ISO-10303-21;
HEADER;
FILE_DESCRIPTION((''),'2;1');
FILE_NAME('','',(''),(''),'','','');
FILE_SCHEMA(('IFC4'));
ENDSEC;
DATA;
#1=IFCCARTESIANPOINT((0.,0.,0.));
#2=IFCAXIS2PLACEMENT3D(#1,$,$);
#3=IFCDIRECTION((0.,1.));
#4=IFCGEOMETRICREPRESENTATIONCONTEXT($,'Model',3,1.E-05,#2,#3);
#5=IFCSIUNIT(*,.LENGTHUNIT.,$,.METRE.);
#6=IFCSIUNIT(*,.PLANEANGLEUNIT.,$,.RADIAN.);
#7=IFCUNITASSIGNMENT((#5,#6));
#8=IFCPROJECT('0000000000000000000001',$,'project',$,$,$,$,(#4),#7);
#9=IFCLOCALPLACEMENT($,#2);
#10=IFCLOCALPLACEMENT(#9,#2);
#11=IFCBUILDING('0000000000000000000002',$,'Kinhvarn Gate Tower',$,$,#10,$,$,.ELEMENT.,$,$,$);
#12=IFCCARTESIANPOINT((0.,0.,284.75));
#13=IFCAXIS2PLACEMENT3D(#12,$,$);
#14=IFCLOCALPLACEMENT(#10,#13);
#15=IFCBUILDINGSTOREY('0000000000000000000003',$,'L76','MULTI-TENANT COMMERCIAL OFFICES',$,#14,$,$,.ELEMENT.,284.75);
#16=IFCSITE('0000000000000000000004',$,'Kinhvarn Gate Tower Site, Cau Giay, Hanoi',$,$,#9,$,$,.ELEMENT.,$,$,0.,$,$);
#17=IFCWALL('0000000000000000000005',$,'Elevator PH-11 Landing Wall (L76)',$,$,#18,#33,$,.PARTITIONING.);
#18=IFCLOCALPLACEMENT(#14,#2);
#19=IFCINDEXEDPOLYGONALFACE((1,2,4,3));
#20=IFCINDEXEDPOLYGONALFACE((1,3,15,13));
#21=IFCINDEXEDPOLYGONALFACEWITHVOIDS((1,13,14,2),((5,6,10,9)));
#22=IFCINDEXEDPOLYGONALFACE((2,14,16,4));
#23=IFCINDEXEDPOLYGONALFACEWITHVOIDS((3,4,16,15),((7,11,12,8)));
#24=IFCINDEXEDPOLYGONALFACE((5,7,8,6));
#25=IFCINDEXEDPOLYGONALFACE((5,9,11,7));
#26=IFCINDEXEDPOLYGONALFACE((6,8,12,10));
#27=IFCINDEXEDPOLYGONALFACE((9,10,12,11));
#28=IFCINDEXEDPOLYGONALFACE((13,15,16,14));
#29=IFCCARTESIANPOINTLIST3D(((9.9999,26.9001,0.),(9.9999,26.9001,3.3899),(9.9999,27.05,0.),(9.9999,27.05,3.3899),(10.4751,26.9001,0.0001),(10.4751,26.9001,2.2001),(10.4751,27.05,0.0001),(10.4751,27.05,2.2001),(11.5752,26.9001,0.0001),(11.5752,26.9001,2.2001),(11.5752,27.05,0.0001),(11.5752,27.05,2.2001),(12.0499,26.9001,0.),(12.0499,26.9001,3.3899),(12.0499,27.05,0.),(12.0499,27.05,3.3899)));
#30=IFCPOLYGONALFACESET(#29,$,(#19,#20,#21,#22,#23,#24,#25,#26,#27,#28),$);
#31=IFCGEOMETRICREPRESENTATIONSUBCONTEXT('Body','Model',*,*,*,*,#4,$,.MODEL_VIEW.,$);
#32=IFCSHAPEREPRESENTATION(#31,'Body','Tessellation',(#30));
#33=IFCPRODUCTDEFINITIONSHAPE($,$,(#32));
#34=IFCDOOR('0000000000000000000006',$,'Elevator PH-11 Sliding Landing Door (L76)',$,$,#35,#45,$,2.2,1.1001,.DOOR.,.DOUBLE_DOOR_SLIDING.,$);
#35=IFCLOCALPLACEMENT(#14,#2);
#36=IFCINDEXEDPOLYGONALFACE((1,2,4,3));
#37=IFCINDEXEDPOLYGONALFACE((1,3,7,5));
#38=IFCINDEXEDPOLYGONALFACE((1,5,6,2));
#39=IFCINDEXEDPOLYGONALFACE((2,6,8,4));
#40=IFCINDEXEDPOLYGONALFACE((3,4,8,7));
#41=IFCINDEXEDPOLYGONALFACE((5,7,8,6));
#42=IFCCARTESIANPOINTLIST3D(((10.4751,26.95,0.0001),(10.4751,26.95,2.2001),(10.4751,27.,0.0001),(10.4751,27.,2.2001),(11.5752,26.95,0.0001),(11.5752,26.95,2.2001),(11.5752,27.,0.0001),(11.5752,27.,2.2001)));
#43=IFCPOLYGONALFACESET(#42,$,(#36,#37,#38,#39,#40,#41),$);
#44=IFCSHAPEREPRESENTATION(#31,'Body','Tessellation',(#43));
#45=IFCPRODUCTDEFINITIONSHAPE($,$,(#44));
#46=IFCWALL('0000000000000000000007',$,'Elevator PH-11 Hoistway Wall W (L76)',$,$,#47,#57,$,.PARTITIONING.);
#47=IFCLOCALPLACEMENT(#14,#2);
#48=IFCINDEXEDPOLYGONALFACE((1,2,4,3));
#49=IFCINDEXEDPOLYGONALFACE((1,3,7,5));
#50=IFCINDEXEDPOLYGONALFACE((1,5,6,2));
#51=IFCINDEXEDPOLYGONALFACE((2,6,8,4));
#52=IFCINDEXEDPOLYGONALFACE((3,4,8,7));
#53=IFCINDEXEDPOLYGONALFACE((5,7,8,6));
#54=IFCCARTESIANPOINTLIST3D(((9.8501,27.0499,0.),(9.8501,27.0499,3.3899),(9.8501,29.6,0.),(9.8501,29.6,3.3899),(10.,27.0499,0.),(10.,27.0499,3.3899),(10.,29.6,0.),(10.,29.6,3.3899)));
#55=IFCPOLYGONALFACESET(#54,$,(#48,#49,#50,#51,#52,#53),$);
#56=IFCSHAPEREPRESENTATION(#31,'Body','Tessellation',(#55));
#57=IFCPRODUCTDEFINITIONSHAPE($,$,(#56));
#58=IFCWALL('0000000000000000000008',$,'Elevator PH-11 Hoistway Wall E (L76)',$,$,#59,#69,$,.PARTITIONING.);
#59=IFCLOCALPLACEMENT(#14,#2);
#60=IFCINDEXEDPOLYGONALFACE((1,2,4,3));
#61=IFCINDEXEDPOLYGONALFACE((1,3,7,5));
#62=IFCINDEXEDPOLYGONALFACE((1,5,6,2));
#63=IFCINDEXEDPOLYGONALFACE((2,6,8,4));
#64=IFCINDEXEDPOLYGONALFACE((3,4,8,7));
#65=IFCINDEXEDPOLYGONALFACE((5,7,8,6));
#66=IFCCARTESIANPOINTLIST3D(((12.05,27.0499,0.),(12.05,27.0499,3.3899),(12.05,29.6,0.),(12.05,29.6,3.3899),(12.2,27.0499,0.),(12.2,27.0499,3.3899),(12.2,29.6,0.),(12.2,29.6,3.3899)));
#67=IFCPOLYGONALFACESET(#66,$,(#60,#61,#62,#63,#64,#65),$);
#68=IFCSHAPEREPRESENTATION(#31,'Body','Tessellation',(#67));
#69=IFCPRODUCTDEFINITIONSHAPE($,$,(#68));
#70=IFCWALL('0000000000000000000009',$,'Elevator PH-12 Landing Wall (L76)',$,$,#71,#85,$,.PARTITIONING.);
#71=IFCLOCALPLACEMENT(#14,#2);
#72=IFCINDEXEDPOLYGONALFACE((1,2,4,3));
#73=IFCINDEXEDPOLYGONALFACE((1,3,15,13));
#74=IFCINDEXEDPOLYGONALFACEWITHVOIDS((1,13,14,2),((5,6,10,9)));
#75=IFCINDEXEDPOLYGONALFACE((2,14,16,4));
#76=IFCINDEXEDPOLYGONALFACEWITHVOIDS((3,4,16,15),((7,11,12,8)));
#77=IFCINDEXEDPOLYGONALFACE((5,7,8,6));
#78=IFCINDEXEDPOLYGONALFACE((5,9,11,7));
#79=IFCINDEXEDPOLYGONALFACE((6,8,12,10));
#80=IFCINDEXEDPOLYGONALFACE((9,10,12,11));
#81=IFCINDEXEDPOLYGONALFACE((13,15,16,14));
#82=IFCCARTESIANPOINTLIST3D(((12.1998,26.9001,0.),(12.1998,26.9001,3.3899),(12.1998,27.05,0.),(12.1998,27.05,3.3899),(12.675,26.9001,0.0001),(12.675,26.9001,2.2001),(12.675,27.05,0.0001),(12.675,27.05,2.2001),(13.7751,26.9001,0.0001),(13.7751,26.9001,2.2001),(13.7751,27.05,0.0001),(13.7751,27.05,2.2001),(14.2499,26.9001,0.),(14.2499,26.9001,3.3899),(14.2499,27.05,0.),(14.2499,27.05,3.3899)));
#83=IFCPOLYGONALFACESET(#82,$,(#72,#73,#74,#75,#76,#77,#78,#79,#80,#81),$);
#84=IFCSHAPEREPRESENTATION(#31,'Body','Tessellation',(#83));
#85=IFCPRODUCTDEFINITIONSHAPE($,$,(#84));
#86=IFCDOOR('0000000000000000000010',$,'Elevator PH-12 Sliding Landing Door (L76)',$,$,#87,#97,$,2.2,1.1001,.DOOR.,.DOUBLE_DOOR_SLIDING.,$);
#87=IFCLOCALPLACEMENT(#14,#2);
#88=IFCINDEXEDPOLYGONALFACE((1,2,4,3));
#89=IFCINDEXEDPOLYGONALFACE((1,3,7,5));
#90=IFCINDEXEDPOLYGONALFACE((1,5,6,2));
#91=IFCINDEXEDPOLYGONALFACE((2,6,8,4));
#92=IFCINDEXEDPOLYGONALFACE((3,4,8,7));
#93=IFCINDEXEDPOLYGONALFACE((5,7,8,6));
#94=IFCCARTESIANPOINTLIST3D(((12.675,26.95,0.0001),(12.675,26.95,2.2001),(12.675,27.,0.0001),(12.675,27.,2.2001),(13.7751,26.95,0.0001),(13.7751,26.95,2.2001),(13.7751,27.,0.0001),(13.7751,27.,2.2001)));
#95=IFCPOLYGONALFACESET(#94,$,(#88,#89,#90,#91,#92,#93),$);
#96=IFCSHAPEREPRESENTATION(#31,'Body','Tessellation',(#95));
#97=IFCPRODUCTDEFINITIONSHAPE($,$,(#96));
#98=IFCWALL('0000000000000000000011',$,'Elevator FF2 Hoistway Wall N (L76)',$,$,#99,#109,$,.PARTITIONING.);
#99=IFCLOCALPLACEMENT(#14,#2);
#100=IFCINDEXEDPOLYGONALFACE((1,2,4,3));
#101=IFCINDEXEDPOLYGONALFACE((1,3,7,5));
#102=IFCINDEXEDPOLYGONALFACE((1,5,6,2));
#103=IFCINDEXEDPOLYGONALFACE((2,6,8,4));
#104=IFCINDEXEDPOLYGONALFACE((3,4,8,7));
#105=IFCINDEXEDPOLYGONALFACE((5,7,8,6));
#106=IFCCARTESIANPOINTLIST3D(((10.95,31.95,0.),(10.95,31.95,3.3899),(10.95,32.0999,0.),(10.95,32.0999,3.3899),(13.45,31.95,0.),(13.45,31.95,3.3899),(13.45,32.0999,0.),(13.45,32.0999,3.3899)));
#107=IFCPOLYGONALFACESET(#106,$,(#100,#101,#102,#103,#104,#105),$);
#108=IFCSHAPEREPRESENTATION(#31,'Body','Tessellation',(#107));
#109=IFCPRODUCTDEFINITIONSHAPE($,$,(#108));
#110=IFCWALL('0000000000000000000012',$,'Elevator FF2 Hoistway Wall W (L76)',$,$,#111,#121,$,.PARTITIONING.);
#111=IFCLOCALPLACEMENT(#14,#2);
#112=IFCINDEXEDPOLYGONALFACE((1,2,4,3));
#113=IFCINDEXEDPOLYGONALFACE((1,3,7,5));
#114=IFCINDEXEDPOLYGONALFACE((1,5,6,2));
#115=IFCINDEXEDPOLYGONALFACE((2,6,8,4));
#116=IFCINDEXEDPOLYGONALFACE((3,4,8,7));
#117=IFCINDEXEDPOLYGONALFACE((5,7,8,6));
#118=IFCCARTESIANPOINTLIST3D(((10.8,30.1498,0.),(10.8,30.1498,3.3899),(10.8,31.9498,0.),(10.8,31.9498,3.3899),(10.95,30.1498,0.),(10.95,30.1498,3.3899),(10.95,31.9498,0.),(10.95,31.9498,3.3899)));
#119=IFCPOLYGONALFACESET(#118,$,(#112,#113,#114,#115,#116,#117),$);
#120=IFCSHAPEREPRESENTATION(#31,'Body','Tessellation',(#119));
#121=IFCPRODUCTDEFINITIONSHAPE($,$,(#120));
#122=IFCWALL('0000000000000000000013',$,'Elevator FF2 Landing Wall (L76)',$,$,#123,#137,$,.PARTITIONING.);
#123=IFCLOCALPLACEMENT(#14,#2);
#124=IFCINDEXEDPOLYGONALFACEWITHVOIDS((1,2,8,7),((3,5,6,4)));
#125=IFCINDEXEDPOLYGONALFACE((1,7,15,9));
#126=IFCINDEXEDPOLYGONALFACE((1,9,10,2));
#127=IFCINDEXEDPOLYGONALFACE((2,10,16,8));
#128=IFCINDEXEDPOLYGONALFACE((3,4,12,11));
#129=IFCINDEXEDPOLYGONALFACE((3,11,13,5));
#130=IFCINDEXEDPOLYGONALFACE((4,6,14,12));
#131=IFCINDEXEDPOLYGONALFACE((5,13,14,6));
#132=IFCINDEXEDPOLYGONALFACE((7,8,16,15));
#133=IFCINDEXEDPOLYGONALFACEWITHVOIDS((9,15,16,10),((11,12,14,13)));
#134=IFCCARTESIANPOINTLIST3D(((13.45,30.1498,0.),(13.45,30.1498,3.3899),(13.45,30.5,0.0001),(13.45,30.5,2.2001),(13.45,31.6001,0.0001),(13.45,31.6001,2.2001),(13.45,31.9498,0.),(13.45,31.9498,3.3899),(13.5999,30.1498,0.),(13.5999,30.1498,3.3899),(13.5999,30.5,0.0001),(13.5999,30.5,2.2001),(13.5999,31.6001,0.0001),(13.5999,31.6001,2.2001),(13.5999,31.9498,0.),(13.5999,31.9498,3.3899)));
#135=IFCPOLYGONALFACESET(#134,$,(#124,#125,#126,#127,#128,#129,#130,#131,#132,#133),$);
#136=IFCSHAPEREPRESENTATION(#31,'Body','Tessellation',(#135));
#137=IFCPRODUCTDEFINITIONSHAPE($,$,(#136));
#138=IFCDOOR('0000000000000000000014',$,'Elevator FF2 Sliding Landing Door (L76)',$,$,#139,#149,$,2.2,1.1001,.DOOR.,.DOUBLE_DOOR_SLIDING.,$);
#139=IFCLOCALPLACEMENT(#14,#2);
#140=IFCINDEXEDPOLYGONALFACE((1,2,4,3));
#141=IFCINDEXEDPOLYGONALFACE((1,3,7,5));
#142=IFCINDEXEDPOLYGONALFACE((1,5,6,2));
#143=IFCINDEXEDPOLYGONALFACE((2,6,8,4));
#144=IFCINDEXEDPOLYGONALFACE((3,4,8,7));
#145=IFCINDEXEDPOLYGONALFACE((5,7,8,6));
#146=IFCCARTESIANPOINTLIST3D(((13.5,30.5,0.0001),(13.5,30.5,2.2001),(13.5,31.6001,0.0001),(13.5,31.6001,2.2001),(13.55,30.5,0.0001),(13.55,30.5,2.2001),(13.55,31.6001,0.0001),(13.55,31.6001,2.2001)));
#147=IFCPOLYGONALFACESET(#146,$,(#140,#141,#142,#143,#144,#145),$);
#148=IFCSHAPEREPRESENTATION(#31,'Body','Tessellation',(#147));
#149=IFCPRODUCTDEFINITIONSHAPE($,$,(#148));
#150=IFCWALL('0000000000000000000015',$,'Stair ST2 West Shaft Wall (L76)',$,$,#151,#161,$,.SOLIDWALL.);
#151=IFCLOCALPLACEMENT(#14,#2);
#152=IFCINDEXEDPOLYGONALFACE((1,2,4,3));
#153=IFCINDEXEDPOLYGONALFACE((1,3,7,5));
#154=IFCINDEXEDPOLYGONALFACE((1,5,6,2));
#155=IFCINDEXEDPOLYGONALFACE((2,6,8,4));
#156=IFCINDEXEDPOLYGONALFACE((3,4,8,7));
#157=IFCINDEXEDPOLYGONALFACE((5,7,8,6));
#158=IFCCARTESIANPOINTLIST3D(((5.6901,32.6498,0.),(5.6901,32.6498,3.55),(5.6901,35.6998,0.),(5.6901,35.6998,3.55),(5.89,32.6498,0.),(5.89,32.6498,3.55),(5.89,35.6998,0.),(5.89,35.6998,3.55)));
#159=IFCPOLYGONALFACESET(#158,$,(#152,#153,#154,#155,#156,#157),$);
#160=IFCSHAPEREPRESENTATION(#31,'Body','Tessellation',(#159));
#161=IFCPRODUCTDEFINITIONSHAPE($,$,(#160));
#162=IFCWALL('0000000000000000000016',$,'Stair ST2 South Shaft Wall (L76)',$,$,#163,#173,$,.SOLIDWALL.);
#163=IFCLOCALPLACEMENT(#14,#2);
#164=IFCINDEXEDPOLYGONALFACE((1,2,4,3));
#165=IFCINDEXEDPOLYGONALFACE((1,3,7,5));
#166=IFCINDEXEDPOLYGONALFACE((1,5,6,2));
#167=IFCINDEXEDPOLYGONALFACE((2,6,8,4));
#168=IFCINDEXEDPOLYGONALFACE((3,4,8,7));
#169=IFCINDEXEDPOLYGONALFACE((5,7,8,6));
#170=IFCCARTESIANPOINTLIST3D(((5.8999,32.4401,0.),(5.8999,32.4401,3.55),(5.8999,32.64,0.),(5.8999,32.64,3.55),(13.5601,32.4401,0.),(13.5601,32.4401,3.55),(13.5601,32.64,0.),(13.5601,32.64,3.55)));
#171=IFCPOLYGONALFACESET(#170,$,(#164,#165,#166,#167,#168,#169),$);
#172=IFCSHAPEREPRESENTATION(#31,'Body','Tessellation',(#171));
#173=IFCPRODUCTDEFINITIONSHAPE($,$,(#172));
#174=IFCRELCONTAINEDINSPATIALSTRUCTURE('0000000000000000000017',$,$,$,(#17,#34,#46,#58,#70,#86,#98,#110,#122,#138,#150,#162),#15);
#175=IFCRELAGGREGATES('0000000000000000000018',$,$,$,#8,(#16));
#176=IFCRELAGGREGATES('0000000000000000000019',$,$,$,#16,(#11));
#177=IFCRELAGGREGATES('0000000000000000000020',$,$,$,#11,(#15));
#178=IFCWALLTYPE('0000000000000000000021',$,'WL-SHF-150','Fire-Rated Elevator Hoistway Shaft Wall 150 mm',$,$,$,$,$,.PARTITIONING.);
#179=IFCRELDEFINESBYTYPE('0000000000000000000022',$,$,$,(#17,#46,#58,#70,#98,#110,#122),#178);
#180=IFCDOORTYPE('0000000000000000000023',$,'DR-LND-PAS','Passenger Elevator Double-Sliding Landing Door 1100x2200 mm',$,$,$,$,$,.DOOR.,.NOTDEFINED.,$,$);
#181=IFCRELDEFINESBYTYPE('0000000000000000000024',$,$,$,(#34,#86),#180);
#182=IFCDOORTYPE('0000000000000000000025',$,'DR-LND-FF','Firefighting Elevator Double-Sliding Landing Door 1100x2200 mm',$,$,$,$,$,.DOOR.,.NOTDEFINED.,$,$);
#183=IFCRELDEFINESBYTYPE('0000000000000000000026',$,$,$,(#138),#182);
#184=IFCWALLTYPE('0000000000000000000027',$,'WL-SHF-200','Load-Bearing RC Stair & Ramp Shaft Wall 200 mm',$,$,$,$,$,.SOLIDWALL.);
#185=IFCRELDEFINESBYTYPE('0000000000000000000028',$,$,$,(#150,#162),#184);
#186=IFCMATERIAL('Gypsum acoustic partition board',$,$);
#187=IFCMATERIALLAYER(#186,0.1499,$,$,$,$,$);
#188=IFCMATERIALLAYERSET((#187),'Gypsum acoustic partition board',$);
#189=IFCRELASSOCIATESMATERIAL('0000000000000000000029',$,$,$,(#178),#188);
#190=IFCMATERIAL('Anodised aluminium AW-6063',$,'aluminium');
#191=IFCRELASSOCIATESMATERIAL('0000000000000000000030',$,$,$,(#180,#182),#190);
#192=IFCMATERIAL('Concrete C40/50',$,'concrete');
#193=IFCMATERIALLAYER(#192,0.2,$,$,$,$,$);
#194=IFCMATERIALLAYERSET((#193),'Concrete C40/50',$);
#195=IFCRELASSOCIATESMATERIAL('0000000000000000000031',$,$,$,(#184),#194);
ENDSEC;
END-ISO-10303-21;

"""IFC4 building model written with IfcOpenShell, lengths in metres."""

from ifc_helpers import new_model, si_unit, direction, frame, frame_2d, origin, place, context, subcontext, project, spatial, rectangle, extrude, material, layer, layer_set, type_object, element, fill, save


model = new_model("IFC4")

# Units and contexts
model_context = context("Model", 3, precision=1e-05, world=origin(), true_north=direction((0.0, 1.0)))
body_context = subcontext(model_context, "Body", "Model", "MODEL_VIEW")
ifc_project = project(units=[si_unit("LENGTHUNIT", "METRE"), si_unit("PLANEANGLEUNIT", "RADIAN")], contexts=[model_context])

# Site, building, storey
site_placement = place(None, origin())
site = spatial("IfcSite", under=ifc_project, at=site_placement, Name="Kinhvarn Gate Tower Site, Cau Giay, Hanoi", CompositionType="ELEMENT", RefElevation=0.0)
building_placement = place(site_placement, origin())
building = spatial("IfcBuilding", under=site, at=building_placement, Name="Kinhvarn Gate Tower", CompositionType="ELEMENT")
storey_placement = place(building_placement, frame((0.0, 0.0, 284.75)))
storey = spatial("IfcBuildingStorey", under=building, at=storey_placement, Name="L76", Description="MULTI-TENANT COMMERCIAL OFFICES", CompositionType="ELEMENT", Elevation=284.75)

# Shared definitions
ifc_material_1 = material(Name="Gypsum acoustic partition board")

# Shared definitions
ifc_material_2 = material(Name="Anodised aluminium AW-6063", Category="aluminium")

# Wall, opening, door
ifc_layer_1 = layer(ifc_material_1, 0.1499)
ifc_layer_set_1 = layer_set([ifc_layer_1], Name="Gypsum acoustic partition board")
wall_type_1 = type_object("IfcWallType", Name="WL-SHF-150", Description="Fire-Rated Elevator Hoistway Shaft Wall 150 mm", PredefinedType="PARTITIONING", material=ifc_layer_set_1)
door_type_1 = type_object("IfcDoorType", Name="DR-LND-PAS", Description="Passenger Elevator Double-Sliding Landing Door 1100x2200 mm", OperationType="NOTDEFINED", PredefinedType="DOOR", material=ifc_material_2)
wall_1_placement = place(storey_placement, frame((10.0, 26.9751, 0.0), z_axis=(0.0, 0.0, 1.0), x_axis=(1.0, 0.0, 0.0)))
wall_1 = element("IfcWall", 1, at=wall_1_placement, inside=storey, type_object=wall_type_1, Name="Elevator PH-11 Landing Wall (L76)", PredefinedType="PARTITIONING", context=body_context, shape_type="SweptSolid", body=[
    extrude(rectangle(XDim=2.05, YDim=0.1499, at=frame_2d((1.0249, 0.0))), origin(), (0.0, 0.0, 1.0), 3.3899),
])
opening_1_placement = place(wall_1_placement, frame((0.4751, 0.0, 0.0)))
opening_1 = element("IfcOpeningElement", 2, at=opening_1_placement, cuts=wall_1, PredefinedType="OPENING", context=body_context, shape_type="SweptSolid", body=[
    extrude(rectangle(XDim=1.1001, YDim=2.2, at=frame_2d((0.55, 1.1001))), frame((0.0, 0.085, 0.0), z_axis=(0.0, -1.0, 0.0), x_axis=(1.0, 0.0, 0.0)), (0.0, 0.0, 1.0), 0.1699),
])
door_1_placement = place(opening_1_placement, origin())
door_1 = element("IfcDoor", 3, at=door_1_placement, inside=storey, type_object=door_type_1, Name="Elevator PH-11 Sliding Landing Door (L76)", OperationType="DOUBLE_DOOR_SLIDING", OverallHeight=2.2, OverallWidth=1.1001, PredefinedType="DOOR", context=body_context, shape_type="SweptSolid", body=[
    extrude(rectangle(XDim=1.1001, YDim=2.2, at=frame_2d((0.55, 1.1001))), frame((0.0, 0.0249, 0.0), z_axis=(0.0, -1.0, 0.0), x_axis=(1.0, 0.0, 0.0)), (0.0, 0.0, 1.0), 0.05),
])
fill(opening_1, door_1)

# Walls
for number, where, z_axis, x_axis, name in (
    (4, (9.925, 27.05, 0.0), (0.0, 0.0, 1.0), (0.0, 1.0, 0.0), "Elevator PH-11 Hoistway Wall W (L76)"),
    (5, (12.125, 27.05, 0.0), (0.0, 0.0, 1.0), (0.0, 1.0, 0.0), "Elevator PH-11 Hoistway Wall E (L76)"),
):
    element("IfcWall", number, at=place(storey_placement, frame(where, z_axis=z_axis, x_axis=x_axis)), inside=storey, type_object=wall_type_1, Name=name, PredefinedType="PARTITIONING", context=body_context, shape_type="SweptSolid", body=[
        extrude(rectangle(XDim=2.55, YDim=0.1499, at=frame_2d((1.2749, 0.0))), origin(), (0.0, 0.0, 1.0), 3.3899),
    ])

# Wall, opening, door
wall_2_placement = place(storey_placement, frame((12.2, 26.9751, 0.0), z_axis=(0.0, 0.0, 1.0), x_axis=(1.0, 0.0, 0.0)))
wall_2 = element("IfcWall", 6, at=wall_2_placement, inside=storey, type_object=wall_type_1, Name="Elevator PH-12 Landing Wall (L76)", PredefinedType="PARTITIONING", context=body_context, shape_type="SweptSolid", body=[
    extrude(rectangle(XDim=2.05, YDim=0.1499, at=frame_2d((1.0249, 0.0))), origin(), (0.0, 0.0, 1.0), 3.3899),
])
opening_2_placement = place(wall_2_placement, frame((0.4751, 0.0, 0.0)))
opening_2 = element("IfcOpeningElement", 7, at=opening_2_placement, cuts=wall_2, PredefinedType="OPENING", context=body_context, shape_type="SweptSolid", body=[
    extrude(rectangle(XDim=1.1001, YDim=2.2, at=frame_2d((0.55, 1.1001))), frame((0.0, 0.085, 0.0), z_axis=(0.0, -1.0, 0.0), x_axis=(1.0, 0.0, 0.0)), (0.0, 0.0, 1.0), 0.1699),
])
door_2_placement = place(opening_2_placement, origin())
door_2 = element("IfcDoor", 8, at=door_2_placement, inside=storey, type_object=door_type_1, Name="Elevator PH-12 Sliding Landing Door (L76)", OperationType="DOUBLE_DOOR_SLIDING", OverallHeight=2.2, OverallWidth=1.1001, PredefinedType="DOOR", context=body_context, shape_type="SweptSolid", body=[
    extrude(rectangle(XDim=1.1001, YDim=2.2, at=frame_2d((0.55, 1.1001))), frame((0.0, 0.0249, 0.0), z_axis=(0.0, -1.0, 0.0), x_axis=(1.0, 0.0, 0.0)), (0.0, 0.0, 1.0), 0.05),
])
fill(opening_2, door_2)

# Walls
wall_3_placement = place(storey_placement, frame((10.95, 32.0249, 0.0), z_axis=(0.0, 0.0, 1.0), x_axis=(1.0, 0.0, 0.0)))
element("IfcWall", 9, at=wall_3_placement, inside=storey, type_object=wall_type_1, Name="Elevator FF2 Hoistway Wall N (L76)", PredefinedType="PARTITIONING", context=body_context, shape_type="SweptSolid", body=[
    extrude(rectangle(XDim=2.5, YDim=0.1499, at=frame_2d((1.25, 0.0))), origin(), (0.0, 0.0, 1.0), 3.3899),
])
wall_4_placement = place(storey_placement, frame((10.875, 30.1499, 0.0), z_axis=(0.0, 0.0, 1.0), x_axis=(0.0, 1.0, 0.0)))
element("IfcWall", 10, at=wall_4_placement, inside=storey, type_object=wall_type_1, Name="Elevator FF2 Hoistway Wall W (L76)", PredefinedType="PARTITIONING", context=body_context, shape_type="SweptSolid", body=[
    extrude(rectangle(XDim=1.8, YDim=0.1499, at=frame_2d((0.8999, 0.0))), origin(), (0.0, 0.0, 1.0), 3.3899),
])

# Wall, opening, door
wall_5_placement = place(storey_placement, frame((13.5249, 30.1499, 0.0), z_axis=(0.0, 0.0, 1.0), x_axis=(0.0, 1.0, 0.0)))
wall_5 = element("IfcWall", 11, at=wall_5_placement, inside=storey, type_object=wall_type_1, Name="Elevator FF2 Landing Wall (L76)", PredefinedType="PARTITIONING", context=body_context, shape_type="SweptSolid", body=[
    extrude(rectangle(XDim=1.8, YDim=0.1499, at=frame_2d((0.8999, 0.0))), origin(), (0.0, 0.0, 1.0), 3.3899),
])
opening_3_placement = place(wall_5_placement, frame((0.3501, 0.0, 0.0)))
opening_3 = element("IfcOpeningElement", 12, at=opening_3_placement, cuts=wall_5, PredefinedType="OPENING", context=body_context, shape_type="SweptSolid", body=[
    extrude(rectangle(XDim=1.1001, YDim=2.2, at=frame_2d((0.55, 1.1001))), frame((0.0, 0.085, 0.0), z_axis=(0.0, -1.0, 0.0), x_axis=(1.0, 0.0, 0.0)), (0.0, 0.0, 1.0), 0.1699),
])
door_type_2 = type_object("IfcDoorType", Name="DR-LND-FF", Description="Firefighting Elevator Double-Sliding Landing Door 1100x2200 mm", OperationType="NOTDEFINED", PredefinedType="DOOR", material=ifc_material_2)
door_3_placement = place(opening_3_placement, origin())
door_3 = element("IfcDoor", 13, at=door_3_placement, inside=storey, type_object=door_type_2, Name="Elevator FF2 Sliding Landing Door (L76)", OperationType="DOUBLE_DOOR_SLIDING", OverallHeight=2.2, OverallWidth=1.1001, PredefinedType="DOOR", context=body_context, shape_type="SweptSolid", body=[
    extrude(rectangle(XDim=1.1001, YDim=2.2, at=frame_2d((0.55, 1.1001))), frame((0.0, 0.0249, 0.0), z_axis=(0.0, -1.0, 0.0), x_axis=(1.0, 0.0, 0.0)), (0.0, 0.0, 1.0), 0.05),
])
fill(opening_3, door_3)

# Walls
ifc_material_3 = material(Name="Concrete C40/50", Category="concrete")
ifc_layer_2 = layer(ifc_material_3, 0.2)
ifc_layer_set_2 = layer_set([ifc_layer_2], Name="Concrete C40/50")
wall_type_2 = type_object("IfcWallType", Name="WL-SHF-200", Description="Load-Bearing RC Stair & Ramp Shaft Wall 200 mm", PredefinedType="SOLIDWALL", material=ifc_layer_set_2)
wall_6_placement = place(storey_placement, frame((5.79, 32.6499, 0.0), z_axis=(0.0, 0.0, 1.0), x_axis=(0.0, 1.0, 0.0)))
element("IfcWall", 14, at=wall_6_placement, inside=storey, type_object=wall_type_2, Name="Stair ST2 West Shaft Wall (L76)", PredefinedType="SOLIDWALL", context=body_context, shape_type="SweptSolid", body=[
    extrude(rectangle(XDim=3.05, YDim=0.2, at=frame_2d((1.5249, 0.0))), origin(), (0.0, 0.0, 1.0), 3.55),
])
wall_7_placement = place(storey_placement, frame((5.8999, 32.54, 0.0), z_axis=(0.0, 0.0, 1.0), x_axis=(1.0, 0.0, 0.0)))
element("IfcWall", 15, at=wall_7_placement, inside=storey, type_object=wall_type_2, Name="Stair ST2 South Shaft Wall (L76)", PredefinedType="SOLIDWALL", context=body_context, shape_type="SweptSolid", body=[
    extrude(rectangle(XDim=7.6602, YDim=0.2, at=frame_2d((3.8301, 0.0))), origin(), (0.0, 0.0, 1.0), 3.55),
])

save(model, "model.ifc")
